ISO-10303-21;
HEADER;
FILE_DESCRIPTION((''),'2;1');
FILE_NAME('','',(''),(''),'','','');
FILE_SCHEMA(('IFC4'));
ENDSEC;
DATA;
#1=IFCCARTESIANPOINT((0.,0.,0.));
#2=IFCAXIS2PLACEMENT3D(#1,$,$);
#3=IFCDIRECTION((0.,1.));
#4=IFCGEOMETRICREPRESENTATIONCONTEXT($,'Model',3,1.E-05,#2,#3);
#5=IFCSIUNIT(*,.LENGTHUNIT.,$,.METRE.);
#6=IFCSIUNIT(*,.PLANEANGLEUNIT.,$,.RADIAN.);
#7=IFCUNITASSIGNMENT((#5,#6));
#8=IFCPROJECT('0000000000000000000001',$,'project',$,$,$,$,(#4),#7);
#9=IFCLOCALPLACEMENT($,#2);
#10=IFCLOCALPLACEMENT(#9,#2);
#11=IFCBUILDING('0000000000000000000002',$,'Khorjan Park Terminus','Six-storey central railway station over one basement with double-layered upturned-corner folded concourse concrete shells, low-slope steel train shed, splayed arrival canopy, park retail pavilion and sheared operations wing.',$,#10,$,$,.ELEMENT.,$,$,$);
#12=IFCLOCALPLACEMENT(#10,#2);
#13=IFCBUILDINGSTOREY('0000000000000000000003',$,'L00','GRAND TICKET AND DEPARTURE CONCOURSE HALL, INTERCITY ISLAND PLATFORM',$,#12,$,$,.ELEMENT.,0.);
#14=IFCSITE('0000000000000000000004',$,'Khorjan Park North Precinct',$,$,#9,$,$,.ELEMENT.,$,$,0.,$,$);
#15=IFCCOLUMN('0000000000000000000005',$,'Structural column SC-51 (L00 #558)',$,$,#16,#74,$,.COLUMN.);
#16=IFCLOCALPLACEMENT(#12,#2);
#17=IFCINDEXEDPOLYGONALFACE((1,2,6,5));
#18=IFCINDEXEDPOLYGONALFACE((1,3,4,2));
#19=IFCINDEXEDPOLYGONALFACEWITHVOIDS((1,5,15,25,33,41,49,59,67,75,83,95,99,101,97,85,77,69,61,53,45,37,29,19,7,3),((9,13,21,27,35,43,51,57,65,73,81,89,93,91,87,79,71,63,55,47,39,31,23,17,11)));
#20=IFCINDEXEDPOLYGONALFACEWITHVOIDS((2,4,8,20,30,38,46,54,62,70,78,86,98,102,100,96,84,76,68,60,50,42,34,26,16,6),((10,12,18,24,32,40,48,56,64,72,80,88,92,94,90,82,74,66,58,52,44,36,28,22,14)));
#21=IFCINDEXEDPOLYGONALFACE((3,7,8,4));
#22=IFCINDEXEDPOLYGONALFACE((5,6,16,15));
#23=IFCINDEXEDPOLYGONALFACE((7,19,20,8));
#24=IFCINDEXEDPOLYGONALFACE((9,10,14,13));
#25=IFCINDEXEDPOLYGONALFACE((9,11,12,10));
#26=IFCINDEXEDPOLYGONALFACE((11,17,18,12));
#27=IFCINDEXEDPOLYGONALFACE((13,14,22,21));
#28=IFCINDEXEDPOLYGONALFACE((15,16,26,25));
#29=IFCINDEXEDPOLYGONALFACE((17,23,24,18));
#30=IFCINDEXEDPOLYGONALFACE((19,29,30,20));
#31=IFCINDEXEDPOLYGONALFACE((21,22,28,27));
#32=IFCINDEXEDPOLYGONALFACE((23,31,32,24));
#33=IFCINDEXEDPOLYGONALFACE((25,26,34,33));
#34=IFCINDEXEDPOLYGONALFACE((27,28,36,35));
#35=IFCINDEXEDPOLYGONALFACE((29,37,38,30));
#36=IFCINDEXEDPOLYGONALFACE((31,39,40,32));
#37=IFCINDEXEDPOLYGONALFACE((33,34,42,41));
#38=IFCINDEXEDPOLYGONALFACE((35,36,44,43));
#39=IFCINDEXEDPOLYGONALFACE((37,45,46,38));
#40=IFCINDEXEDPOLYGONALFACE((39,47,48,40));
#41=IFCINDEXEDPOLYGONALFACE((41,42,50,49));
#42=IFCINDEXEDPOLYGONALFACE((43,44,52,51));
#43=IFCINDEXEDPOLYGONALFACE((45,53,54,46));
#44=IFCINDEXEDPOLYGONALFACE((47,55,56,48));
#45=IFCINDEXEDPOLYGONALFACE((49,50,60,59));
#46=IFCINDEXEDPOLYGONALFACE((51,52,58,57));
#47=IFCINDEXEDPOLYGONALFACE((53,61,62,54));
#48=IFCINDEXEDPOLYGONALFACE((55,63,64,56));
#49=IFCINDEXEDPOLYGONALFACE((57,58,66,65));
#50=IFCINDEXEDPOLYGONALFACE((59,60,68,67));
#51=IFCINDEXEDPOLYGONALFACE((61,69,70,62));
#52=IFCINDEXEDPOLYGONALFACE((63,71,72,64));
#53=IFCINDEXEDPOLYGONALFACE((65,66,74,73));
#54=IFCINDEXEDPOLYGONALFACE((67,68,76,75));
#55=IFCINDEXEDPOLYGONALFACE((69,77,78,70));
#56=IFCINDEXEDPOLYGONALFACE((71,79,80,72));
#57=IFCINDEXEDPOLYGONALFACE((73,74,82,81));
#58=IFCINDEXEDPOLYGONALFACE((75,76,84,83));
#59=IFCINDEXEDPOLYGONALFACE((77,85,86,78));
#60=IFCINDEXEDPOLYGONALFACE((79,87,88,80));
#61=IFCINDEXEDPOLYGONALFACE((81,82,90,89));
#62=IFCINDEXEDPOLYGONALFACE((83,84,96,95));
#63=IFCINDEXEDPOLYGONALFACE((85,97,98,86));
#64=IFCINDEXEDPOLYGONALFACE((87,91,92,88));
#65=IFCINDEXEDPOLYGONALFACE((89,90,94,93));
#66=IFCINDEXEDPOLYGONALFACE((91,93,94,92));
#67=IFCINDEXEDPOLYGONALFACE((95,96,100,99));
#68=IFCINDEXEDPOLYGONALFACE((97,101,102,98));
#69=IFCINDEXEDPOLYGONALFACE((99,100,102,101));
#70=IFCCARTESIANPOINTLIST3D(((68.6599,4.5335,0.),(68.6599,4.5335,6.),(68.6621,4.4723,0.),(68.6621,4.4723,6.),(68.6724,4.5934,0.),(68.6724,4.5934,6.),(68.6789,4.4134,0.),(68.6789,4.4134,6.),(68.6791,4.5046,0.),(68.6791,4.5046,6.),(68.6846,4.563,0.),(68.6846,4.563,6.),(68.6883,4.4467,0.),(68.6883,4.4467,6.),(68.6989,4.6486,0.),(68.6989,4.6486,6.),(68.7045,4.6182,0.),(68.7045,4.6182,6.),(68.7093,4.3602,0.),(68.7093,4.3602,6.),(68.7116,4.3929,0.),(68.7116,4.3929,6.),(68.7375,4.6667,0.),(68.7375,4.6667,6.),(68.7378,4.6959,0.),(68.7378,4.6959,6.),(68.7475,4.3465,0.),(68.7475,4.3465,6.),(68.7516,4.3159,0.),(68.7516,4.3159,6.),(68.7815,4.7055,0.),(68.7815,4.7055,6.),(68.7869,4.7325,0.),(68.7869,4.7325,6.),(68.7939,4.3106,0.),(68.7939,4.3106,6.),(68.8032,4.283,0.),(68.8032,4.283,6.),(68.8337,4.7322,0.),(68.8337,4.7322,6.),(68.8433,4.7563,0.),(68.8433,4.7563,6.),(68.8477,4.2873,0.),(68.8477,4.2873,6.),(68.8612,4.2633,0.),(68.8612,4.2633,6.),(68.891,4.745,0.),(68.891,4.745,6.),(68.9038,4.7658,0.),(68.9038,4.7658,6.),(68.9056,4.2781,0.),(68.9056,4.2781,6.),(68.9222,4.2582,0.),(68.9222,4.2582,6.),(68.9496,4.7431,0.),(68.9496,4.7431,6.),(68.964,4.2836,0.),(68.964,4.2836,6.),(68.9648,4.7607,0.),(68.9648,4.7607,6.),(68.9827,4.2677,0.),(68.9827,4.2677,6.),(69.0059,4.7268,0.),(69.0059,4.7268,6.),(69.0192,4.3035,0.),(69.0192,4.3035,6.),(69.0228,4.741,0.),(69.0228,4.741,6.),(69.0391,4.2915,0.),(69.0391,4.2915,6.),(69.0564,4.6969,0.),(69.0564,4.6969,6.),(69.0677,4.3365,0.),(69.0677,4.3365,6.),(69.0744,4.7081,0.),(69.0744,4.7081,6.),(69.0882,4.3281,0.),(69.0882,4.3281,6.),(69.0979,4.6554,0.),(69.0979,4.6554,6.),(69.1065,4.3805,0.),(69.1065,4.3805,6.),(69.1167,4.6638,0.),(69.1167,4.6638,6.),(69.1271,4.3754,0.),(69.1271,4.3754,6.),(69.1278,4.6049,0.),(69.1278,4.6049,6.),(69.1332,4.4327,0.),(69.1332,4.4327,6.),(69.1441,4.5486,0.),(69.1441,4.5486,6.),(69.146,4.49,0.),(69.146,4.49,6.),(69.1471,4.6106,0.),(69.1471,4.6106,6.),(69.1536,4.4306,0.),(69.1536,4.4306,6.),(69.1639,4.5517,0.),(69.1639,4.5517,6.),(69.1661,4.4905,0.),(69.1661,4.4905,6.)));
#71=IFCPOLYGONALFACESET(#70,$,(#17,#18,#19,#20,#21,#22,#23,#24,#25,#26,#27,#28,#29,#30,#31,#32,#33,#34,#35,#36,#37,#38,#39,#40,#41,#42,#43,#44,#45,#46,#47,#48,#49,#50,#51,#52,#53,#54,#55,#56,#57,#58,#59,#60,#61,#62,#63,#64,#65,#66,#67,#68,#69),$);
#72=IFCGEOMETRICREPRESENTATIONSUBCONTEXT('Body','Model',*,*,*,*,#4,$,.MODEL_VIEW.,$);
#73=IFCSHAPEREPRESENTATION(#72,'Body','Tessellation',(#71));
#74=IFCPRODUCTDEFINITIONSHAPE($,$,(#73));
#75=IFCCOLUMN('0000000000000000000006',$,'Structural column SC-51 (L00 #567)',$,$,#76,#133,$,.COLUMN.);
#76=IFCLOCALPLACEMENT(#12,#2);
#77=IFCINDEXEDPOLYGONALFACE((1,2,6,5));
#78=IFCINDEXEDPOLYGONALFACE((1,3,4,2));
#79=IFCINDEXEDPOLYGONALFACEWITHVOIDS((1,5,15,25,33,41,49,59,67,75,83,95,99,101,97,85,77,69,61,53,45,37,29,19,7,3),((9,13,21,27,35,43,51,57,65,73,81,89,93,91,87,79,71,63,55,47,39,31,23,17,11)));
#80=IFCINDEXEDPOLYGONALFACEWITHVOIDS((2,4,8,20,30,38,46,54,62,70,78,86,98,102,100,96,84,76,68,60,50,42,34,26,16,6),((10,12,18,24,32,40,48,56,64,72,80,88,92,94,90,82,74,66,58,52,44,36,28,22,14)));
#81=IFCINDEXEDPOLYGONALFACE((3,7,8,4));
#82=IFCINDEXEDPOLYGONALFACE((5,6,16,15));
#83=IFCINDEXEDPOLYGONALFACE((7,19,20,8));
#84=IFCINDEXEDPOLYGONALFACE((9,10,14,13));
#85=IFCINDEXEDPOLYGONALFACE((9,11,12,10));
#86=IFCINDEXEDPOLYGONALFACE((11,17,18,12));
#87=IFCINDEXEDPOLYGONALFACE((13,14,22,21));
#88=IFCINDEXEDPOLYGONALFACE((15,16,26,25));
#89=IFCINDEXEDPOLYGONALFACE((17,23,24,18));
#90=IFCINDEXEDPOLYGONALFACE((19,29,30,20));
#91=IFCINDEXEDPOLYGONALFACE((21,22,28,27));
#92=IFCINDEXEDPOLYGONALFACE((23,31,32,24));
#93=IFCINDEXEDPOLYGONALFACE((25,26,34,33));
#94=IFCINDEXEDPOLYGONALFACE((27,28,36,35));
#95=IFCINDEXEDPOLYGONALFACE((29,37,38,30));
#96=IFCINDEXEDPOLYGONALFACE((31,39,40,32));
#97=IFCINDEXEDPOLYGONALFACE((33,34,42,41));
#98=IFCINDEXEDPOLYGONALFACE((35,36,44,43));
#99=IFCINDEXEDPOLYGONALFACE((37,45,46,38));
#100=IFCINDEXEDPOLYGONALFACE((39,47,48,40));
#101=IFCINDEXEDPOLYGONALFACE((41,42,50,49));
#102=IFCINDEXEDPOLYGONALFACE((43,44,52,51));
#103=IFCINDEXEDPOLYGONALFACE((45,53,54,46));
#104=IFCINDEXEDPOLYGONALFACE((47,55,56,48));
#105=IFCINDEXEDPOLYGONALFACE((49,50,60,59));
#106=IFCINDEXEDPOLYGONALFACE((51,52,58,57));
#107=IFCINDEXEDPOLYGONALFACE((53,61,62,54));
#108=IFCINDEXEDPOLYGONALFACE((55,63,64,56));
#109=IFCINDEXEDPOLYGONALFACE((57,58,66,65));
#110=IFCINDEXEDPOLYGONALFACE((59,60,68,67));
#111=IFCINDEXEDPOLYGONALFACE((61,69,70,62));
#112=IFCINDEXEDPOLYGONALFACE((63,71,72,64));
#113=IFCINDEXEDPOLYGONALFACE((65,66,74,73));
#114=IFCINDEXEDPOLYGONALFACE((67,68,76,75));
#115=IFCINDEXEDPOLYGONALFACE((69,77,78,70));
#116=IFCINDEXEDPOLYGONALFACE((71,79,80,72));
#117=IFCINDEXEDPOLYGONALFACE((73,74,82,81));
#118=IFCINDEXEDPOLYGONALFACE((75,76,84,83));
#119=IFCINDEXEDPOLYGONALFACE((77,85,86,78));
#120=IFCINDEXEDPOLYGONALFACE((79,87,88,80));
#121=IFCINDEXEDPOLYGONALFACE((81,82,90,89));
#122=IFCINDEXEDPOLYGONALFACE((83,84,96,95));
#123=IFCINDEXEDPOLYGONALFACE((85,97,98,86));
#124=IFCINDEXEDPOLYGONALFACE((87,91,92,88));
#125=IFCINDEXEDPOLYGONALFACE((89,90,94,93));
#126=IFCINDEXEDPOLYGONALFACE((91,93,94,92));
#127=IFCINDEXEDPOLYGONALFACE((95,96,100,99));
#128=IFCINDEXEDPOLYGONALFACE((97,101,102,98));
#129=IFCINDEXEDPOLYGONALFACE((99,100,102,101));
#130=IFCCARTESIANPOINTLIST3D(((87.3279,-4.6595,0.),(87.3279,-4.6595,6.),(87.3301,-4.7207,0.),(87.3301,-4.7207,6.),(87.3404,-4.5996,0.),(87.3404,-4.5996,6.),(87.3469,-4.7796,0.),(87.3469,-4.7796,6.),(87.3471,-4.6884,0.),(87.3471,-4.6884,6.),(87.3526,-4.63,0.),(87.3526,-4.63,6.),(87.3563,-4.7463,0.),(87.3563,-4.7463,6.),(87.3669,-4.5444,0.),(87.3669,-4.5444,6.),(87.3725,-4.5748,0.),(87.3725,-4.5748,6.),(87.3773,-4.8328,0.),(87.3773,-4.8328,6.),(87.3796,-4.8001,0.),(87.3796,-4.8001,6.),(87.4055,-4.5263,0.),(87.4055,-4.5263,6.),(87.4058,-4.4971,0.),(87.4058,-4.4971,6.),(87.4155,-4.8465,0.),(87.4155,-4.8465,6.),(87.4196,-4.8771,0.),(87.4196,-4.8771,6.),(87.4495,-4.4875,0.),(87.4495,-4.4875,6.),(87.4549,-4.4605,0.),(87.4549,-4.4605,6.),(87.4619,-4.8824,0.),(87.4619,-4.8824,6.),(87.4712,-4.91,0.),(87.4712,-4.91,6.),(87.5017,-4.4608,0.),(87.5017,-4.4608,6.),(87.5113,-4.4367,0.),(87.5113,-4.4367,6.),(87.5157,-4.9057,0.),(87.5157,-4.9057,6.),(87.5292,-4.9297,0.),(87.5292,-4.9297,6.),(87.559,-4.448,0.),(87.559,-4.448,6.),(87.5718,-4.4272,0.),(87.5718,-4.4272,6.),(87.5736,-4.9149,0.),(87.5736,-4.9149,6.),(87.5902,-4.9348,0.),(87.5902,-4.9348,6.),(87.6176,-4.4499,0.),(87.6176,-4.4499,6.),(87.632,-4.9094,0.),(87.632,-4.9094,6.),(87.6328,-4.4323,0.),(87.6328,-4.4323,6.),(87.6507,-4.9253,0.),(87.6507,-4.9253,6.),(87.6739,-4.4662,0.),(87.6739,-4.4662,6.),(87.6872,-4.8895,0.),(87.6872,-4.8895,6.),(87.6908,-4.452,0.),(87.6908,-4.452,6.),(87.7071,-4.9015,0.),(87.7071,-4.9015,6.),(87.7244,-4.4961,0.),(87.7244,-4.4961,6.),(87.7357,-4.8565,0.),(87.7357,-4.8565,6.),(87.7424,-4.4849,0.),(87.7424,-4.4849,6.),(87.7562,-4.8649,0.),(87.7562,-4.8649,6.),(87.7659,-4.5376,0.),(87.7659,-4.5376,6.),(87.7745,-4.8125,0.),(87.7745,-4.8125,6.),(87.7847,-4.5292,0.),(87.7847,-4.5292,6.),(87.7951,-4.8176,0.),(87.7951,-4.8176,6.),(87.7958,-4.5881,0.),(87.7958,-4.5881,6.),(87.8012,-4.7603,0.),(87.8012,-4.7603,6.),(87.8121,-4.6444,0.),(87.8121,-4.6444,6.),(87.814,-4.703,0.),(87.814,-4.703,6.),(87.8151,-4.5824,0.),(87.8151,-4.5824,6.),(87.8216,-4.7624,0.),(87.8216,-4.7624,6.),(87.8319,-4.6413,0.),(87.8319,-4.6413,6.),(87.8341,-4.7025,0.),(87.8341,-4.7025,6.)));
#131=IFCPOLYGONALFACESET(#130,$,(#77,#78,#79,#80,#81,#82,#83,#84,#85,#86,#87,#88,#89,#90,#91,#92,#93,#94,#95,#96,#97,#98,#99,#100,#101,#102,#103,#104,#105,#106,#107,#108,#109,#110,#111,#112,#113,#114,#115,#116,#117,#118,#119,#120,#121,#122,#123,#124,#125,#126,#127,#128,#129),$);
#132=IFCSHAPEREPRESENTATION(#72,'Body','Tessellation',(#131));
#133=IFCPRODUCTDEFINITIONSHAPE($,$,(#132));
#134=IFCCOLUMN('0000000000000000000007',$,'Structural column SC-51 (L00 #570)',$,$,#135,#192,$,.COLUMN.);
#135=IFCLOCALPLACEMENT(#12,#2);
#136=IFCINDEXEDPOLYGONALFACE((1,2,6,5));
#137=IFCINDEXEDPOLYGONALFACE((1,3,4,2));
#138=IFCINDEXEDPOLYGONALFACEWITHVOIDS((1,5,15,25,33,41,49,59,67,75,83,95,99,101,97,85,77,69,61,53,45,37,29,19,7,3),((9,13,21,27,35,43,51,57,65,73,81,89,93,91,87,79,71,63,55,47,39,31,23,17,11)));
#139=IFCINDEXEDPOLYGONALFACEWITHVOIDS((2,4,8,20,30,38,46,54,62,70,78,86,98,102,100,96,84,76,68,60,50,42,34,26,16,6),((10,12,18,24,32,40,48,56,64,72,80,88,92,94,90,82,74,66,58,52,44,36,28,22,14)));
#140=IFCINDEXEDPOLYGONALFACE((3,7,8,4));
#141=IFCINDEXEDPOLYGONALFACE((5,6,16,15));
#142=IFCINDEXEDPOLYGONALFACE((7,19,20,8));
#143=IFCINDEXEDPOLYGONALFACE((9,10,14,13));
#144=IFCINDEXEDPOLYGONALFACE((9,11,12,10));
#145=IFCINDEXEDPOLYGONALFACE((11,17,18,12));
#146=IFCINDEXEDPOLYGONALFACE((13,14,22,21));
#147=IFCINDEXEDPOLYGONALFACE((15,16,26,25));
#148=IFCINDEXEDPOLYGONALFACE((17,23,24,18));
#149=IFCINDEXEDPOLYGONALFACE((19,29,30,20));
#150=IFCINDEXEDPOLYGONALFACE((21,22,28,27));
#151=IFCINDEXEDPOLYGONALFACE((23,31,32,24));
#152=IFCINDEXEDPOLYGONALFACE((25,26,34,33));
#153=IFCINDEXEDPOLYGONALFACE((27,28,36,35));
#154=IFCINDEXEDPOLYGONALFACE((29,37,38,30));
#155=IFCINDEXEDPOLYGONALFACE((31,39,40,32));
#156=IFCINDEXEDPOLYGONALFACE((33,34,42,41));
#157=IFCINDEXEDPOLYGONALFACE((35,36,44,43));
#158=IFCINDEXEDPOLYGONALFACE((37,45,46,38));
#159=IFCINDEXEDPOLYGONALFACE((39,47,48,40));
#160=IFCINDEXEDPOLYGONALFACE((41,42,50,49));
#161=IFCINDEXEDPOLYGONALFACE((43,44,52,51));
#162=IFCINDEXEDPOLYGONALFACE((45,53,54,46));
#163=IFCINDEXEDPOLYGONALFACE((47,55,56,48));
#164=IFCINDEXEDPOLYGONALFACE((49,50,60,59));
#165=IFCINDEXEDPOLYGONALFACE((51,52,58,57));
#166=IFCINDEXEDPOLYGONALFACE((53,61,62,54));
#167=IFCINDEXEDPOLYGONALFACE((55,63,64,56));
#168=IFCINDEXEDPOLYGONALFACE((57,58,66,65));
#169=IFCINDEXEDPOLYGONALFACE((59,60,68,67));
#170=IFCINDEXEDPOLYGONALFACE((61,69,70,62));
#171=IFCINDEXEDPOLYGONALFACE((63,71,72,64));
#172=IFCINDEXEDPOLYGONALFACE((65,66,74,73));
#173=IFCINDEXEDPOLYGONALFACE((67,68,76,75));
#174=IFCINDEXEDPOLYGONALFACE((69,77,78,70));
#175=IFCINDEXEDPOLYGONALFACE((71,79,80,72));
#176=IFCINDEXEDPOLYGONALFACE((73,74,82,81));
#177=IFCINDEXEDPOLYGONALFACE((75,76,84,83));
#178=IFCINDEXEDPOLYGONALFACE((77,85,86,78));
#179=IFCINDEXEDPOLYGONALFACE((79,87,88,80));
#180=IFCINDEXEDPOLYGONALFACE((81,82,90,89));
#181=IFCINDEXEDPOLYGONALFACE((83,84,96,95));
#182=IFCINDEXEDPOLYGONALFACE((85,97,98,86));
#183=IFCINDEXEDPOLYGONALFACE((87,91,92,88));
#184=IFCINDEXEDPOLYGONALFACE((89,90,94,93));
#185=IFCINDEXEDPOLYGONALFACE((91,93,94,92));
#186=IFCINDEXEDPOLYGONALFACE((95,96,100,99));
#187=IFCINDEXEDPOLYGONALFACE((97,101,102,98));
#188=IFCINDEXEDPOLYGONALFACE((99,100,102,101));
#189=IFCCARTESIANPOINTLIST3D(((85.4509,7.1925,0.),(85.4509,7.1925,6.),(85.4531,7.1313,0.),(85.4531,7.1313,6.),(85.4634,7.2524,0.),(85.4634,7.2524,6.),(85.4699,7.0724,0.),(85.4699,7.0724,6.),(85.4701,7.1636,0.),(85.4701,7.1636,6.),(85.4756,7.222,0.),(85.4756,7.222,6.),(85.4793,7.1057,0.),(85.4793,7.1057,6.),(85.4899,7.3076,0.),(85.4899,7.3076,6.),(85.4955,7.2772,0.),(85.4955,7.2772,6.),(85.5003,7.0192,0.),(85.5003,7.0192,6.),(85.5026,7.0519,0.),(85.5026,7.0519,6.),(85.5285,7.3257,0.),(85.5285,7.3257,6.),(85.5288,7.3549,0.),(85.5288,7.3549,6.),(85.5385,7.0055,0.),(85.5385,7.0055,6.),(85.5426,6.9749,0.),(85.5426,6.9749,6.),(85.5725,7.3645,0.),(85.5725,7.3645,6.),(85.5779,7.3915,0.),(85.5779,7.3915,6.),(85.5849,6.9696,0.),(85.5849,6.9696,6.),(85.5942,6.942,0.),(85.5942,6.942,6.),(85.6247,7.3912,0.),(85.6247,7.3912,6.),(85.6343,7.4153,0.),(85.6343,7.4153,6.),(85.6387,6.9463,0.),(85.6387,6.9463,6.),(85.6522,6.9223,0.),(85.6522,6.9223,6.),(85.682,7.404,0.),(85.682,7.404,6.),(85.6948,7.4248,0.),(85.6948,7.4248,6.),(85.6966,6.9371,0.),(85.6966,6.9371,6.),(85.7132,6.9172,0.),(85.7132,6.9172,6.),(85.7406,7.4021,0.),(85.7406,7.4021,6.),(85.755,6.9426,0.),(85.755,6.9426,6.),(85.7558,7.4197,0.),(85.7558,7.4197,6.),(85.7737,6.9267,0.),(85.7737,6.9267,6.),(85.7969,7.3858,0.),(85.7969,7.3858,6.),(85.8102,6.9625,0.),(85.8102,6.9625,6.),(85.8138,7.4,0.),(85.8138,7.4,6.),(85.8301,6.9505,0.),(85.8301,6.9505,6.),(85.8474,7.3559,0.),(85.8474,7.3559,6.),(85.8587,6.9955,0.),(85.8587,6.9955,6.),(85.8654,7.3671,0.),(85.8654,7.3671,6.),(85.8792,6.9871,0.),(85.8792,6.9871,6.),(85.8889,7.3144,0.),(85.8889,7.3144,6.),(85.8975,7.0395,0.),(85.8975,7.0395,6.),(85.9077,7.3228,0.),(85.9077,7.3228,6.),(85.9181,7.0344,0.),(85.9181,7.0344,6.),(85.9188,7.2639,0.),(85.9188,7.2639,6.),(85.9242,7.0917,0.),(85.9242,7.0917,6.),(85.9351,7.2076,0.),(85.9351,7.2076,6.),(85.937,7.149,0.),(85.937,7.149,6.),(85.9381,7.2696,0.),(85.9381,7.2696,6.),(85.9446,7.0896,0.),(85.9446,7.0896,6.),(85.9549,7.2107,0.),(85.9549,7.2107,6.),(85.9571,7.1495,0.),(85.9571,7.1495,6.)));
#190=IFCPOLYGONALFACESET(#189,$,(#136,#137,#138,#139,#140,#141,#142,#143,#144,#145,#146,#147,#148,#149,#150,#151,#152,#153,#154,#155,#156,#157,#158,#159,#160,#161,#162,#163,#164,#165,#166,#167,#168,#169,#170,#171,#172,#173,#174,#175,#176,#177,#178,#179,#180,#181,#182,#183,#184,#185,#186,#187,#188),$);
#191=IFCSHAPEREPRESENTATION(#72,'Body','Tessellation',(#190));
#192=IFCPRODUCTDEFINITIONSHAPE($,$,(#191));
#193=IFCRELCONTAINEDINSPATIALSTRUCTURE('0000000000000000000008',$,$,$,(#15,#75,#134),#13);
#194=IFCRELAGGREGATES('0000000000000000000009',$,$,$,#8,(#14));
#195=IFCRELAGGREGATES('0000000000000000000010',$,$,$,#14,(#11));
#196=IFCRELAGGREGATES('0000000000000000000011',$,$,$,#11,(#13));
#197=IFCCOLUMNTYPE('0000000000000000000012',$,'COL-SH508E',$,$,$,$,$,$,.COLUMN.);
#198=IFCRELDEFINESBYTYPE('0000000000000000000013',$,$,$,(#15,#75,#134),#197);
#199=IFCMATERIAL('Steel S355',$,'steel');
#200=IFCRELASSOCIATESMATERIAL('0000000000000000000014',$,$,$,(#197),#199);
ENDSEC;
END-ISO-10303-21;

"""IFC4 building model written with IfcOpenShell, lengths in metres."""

from ifc_helpers import new_model, si_unit, direction, frame, origin, origin_2d, place, context, subcontext, project, spatial, hollow_circle, extrude, material, material_profile, profile_set, type_object, element, save


model = new_model("IFC4")

# Units and contexts
model_context = context("Model", 3, precision=1e-05, world=origin(), true_north=direction((0.0, 1.0)))
body_context = subcontext(model_context, "Body", "Model", "MODEL_VIEW")
ifc_project = project(units=[si_unit("LENGTHUNIT", "METRE"), si_unit("PLANEANGLEUNIT", "RADIAN")], contexts=[model_context])

# Site, building, storey
site_placement = place(None, origin())
site = spatial("IfcSite", under=ifc_project, at=site_placement, Name="Khorjan Park North Precinct", CompositionType="ELEMENT", RefElevation=0.0)
building_placement = place(site_placement, origin())
building = spatial("IfcBuilding", under=site, at=building_placement, Name="Khorjan Park Terminus", Description="Six-storey central railway station over one basement with double-layered upturned-corner folded concourse concrete shells, low-slope steel train shed, splayed arrival canopy, park retail pavilion and sheared operations wing.", CompositionType="ELEMENT")
storey_placement = place(building_placement, origin())
storey = spatial("IfcBuildingStorey", under=building, at=storey_placement, Name="L00", Description="GRAND TICKET AND DEPARTURE CONCOURSE HALL, INTERCITY ISLAND PLATFORM", CompositionType="ELEMENT", Elevation=0.0)

# Columns
ifc_material_1 = material(Name="Steel S355", Category="steel")
ifc_material_profile_1 = material_profile(ifc_material_1, hollow_circle(Radius=0.254, WallThickness=0.02, at=origin_2d()), Name="CHS 508x20")
ifc_profile_set_1 = profile_set([ifc_material_profile_1], Name="Steel S355")
column_type_1 = type_object("IfcColumnType", Name="COL-SH508E", PredefinedType="COLUMN", material=ifc_profile_set_1)
for number, where, z_axis, x_axis, name in (
    (1, (68.913, 4.512, 0.0), (0.0, 0.0, 1.0), (0.987688, 0.156434, 0.0), "Structural column SC-51 (L00 #558)"),
    (2, (87.581, -4.681, 0.0), (0.0, 0.0, 1.0), (0.987688, 0.156434, 0.0), "Structural column SC-51 (L00 #567)"),
    (3, (85.704, 7.171, 0.0), (0.0, 0.0, 1.0), (0.987688, 0.156434, 0.0), "Structural column SC-51 (L00 #570)"),
):
    element("IfcColumn", number, at=place(storey_placement, frame(where, z_axis=z_axis, x_axis=x_axis)), inside=storey, type_object=column_type_1, Name=name, PredefinedType="COLUMN", context=body_context, shape_type="SweptSolid", body=[
        extrude(hollow_circle(Radius=0.254, WallThickness=0.02, at=origin_2d()), origin(), (0.0, 0.0, 1.0), 6.0),
    ])

save(model, "model.ifc")
